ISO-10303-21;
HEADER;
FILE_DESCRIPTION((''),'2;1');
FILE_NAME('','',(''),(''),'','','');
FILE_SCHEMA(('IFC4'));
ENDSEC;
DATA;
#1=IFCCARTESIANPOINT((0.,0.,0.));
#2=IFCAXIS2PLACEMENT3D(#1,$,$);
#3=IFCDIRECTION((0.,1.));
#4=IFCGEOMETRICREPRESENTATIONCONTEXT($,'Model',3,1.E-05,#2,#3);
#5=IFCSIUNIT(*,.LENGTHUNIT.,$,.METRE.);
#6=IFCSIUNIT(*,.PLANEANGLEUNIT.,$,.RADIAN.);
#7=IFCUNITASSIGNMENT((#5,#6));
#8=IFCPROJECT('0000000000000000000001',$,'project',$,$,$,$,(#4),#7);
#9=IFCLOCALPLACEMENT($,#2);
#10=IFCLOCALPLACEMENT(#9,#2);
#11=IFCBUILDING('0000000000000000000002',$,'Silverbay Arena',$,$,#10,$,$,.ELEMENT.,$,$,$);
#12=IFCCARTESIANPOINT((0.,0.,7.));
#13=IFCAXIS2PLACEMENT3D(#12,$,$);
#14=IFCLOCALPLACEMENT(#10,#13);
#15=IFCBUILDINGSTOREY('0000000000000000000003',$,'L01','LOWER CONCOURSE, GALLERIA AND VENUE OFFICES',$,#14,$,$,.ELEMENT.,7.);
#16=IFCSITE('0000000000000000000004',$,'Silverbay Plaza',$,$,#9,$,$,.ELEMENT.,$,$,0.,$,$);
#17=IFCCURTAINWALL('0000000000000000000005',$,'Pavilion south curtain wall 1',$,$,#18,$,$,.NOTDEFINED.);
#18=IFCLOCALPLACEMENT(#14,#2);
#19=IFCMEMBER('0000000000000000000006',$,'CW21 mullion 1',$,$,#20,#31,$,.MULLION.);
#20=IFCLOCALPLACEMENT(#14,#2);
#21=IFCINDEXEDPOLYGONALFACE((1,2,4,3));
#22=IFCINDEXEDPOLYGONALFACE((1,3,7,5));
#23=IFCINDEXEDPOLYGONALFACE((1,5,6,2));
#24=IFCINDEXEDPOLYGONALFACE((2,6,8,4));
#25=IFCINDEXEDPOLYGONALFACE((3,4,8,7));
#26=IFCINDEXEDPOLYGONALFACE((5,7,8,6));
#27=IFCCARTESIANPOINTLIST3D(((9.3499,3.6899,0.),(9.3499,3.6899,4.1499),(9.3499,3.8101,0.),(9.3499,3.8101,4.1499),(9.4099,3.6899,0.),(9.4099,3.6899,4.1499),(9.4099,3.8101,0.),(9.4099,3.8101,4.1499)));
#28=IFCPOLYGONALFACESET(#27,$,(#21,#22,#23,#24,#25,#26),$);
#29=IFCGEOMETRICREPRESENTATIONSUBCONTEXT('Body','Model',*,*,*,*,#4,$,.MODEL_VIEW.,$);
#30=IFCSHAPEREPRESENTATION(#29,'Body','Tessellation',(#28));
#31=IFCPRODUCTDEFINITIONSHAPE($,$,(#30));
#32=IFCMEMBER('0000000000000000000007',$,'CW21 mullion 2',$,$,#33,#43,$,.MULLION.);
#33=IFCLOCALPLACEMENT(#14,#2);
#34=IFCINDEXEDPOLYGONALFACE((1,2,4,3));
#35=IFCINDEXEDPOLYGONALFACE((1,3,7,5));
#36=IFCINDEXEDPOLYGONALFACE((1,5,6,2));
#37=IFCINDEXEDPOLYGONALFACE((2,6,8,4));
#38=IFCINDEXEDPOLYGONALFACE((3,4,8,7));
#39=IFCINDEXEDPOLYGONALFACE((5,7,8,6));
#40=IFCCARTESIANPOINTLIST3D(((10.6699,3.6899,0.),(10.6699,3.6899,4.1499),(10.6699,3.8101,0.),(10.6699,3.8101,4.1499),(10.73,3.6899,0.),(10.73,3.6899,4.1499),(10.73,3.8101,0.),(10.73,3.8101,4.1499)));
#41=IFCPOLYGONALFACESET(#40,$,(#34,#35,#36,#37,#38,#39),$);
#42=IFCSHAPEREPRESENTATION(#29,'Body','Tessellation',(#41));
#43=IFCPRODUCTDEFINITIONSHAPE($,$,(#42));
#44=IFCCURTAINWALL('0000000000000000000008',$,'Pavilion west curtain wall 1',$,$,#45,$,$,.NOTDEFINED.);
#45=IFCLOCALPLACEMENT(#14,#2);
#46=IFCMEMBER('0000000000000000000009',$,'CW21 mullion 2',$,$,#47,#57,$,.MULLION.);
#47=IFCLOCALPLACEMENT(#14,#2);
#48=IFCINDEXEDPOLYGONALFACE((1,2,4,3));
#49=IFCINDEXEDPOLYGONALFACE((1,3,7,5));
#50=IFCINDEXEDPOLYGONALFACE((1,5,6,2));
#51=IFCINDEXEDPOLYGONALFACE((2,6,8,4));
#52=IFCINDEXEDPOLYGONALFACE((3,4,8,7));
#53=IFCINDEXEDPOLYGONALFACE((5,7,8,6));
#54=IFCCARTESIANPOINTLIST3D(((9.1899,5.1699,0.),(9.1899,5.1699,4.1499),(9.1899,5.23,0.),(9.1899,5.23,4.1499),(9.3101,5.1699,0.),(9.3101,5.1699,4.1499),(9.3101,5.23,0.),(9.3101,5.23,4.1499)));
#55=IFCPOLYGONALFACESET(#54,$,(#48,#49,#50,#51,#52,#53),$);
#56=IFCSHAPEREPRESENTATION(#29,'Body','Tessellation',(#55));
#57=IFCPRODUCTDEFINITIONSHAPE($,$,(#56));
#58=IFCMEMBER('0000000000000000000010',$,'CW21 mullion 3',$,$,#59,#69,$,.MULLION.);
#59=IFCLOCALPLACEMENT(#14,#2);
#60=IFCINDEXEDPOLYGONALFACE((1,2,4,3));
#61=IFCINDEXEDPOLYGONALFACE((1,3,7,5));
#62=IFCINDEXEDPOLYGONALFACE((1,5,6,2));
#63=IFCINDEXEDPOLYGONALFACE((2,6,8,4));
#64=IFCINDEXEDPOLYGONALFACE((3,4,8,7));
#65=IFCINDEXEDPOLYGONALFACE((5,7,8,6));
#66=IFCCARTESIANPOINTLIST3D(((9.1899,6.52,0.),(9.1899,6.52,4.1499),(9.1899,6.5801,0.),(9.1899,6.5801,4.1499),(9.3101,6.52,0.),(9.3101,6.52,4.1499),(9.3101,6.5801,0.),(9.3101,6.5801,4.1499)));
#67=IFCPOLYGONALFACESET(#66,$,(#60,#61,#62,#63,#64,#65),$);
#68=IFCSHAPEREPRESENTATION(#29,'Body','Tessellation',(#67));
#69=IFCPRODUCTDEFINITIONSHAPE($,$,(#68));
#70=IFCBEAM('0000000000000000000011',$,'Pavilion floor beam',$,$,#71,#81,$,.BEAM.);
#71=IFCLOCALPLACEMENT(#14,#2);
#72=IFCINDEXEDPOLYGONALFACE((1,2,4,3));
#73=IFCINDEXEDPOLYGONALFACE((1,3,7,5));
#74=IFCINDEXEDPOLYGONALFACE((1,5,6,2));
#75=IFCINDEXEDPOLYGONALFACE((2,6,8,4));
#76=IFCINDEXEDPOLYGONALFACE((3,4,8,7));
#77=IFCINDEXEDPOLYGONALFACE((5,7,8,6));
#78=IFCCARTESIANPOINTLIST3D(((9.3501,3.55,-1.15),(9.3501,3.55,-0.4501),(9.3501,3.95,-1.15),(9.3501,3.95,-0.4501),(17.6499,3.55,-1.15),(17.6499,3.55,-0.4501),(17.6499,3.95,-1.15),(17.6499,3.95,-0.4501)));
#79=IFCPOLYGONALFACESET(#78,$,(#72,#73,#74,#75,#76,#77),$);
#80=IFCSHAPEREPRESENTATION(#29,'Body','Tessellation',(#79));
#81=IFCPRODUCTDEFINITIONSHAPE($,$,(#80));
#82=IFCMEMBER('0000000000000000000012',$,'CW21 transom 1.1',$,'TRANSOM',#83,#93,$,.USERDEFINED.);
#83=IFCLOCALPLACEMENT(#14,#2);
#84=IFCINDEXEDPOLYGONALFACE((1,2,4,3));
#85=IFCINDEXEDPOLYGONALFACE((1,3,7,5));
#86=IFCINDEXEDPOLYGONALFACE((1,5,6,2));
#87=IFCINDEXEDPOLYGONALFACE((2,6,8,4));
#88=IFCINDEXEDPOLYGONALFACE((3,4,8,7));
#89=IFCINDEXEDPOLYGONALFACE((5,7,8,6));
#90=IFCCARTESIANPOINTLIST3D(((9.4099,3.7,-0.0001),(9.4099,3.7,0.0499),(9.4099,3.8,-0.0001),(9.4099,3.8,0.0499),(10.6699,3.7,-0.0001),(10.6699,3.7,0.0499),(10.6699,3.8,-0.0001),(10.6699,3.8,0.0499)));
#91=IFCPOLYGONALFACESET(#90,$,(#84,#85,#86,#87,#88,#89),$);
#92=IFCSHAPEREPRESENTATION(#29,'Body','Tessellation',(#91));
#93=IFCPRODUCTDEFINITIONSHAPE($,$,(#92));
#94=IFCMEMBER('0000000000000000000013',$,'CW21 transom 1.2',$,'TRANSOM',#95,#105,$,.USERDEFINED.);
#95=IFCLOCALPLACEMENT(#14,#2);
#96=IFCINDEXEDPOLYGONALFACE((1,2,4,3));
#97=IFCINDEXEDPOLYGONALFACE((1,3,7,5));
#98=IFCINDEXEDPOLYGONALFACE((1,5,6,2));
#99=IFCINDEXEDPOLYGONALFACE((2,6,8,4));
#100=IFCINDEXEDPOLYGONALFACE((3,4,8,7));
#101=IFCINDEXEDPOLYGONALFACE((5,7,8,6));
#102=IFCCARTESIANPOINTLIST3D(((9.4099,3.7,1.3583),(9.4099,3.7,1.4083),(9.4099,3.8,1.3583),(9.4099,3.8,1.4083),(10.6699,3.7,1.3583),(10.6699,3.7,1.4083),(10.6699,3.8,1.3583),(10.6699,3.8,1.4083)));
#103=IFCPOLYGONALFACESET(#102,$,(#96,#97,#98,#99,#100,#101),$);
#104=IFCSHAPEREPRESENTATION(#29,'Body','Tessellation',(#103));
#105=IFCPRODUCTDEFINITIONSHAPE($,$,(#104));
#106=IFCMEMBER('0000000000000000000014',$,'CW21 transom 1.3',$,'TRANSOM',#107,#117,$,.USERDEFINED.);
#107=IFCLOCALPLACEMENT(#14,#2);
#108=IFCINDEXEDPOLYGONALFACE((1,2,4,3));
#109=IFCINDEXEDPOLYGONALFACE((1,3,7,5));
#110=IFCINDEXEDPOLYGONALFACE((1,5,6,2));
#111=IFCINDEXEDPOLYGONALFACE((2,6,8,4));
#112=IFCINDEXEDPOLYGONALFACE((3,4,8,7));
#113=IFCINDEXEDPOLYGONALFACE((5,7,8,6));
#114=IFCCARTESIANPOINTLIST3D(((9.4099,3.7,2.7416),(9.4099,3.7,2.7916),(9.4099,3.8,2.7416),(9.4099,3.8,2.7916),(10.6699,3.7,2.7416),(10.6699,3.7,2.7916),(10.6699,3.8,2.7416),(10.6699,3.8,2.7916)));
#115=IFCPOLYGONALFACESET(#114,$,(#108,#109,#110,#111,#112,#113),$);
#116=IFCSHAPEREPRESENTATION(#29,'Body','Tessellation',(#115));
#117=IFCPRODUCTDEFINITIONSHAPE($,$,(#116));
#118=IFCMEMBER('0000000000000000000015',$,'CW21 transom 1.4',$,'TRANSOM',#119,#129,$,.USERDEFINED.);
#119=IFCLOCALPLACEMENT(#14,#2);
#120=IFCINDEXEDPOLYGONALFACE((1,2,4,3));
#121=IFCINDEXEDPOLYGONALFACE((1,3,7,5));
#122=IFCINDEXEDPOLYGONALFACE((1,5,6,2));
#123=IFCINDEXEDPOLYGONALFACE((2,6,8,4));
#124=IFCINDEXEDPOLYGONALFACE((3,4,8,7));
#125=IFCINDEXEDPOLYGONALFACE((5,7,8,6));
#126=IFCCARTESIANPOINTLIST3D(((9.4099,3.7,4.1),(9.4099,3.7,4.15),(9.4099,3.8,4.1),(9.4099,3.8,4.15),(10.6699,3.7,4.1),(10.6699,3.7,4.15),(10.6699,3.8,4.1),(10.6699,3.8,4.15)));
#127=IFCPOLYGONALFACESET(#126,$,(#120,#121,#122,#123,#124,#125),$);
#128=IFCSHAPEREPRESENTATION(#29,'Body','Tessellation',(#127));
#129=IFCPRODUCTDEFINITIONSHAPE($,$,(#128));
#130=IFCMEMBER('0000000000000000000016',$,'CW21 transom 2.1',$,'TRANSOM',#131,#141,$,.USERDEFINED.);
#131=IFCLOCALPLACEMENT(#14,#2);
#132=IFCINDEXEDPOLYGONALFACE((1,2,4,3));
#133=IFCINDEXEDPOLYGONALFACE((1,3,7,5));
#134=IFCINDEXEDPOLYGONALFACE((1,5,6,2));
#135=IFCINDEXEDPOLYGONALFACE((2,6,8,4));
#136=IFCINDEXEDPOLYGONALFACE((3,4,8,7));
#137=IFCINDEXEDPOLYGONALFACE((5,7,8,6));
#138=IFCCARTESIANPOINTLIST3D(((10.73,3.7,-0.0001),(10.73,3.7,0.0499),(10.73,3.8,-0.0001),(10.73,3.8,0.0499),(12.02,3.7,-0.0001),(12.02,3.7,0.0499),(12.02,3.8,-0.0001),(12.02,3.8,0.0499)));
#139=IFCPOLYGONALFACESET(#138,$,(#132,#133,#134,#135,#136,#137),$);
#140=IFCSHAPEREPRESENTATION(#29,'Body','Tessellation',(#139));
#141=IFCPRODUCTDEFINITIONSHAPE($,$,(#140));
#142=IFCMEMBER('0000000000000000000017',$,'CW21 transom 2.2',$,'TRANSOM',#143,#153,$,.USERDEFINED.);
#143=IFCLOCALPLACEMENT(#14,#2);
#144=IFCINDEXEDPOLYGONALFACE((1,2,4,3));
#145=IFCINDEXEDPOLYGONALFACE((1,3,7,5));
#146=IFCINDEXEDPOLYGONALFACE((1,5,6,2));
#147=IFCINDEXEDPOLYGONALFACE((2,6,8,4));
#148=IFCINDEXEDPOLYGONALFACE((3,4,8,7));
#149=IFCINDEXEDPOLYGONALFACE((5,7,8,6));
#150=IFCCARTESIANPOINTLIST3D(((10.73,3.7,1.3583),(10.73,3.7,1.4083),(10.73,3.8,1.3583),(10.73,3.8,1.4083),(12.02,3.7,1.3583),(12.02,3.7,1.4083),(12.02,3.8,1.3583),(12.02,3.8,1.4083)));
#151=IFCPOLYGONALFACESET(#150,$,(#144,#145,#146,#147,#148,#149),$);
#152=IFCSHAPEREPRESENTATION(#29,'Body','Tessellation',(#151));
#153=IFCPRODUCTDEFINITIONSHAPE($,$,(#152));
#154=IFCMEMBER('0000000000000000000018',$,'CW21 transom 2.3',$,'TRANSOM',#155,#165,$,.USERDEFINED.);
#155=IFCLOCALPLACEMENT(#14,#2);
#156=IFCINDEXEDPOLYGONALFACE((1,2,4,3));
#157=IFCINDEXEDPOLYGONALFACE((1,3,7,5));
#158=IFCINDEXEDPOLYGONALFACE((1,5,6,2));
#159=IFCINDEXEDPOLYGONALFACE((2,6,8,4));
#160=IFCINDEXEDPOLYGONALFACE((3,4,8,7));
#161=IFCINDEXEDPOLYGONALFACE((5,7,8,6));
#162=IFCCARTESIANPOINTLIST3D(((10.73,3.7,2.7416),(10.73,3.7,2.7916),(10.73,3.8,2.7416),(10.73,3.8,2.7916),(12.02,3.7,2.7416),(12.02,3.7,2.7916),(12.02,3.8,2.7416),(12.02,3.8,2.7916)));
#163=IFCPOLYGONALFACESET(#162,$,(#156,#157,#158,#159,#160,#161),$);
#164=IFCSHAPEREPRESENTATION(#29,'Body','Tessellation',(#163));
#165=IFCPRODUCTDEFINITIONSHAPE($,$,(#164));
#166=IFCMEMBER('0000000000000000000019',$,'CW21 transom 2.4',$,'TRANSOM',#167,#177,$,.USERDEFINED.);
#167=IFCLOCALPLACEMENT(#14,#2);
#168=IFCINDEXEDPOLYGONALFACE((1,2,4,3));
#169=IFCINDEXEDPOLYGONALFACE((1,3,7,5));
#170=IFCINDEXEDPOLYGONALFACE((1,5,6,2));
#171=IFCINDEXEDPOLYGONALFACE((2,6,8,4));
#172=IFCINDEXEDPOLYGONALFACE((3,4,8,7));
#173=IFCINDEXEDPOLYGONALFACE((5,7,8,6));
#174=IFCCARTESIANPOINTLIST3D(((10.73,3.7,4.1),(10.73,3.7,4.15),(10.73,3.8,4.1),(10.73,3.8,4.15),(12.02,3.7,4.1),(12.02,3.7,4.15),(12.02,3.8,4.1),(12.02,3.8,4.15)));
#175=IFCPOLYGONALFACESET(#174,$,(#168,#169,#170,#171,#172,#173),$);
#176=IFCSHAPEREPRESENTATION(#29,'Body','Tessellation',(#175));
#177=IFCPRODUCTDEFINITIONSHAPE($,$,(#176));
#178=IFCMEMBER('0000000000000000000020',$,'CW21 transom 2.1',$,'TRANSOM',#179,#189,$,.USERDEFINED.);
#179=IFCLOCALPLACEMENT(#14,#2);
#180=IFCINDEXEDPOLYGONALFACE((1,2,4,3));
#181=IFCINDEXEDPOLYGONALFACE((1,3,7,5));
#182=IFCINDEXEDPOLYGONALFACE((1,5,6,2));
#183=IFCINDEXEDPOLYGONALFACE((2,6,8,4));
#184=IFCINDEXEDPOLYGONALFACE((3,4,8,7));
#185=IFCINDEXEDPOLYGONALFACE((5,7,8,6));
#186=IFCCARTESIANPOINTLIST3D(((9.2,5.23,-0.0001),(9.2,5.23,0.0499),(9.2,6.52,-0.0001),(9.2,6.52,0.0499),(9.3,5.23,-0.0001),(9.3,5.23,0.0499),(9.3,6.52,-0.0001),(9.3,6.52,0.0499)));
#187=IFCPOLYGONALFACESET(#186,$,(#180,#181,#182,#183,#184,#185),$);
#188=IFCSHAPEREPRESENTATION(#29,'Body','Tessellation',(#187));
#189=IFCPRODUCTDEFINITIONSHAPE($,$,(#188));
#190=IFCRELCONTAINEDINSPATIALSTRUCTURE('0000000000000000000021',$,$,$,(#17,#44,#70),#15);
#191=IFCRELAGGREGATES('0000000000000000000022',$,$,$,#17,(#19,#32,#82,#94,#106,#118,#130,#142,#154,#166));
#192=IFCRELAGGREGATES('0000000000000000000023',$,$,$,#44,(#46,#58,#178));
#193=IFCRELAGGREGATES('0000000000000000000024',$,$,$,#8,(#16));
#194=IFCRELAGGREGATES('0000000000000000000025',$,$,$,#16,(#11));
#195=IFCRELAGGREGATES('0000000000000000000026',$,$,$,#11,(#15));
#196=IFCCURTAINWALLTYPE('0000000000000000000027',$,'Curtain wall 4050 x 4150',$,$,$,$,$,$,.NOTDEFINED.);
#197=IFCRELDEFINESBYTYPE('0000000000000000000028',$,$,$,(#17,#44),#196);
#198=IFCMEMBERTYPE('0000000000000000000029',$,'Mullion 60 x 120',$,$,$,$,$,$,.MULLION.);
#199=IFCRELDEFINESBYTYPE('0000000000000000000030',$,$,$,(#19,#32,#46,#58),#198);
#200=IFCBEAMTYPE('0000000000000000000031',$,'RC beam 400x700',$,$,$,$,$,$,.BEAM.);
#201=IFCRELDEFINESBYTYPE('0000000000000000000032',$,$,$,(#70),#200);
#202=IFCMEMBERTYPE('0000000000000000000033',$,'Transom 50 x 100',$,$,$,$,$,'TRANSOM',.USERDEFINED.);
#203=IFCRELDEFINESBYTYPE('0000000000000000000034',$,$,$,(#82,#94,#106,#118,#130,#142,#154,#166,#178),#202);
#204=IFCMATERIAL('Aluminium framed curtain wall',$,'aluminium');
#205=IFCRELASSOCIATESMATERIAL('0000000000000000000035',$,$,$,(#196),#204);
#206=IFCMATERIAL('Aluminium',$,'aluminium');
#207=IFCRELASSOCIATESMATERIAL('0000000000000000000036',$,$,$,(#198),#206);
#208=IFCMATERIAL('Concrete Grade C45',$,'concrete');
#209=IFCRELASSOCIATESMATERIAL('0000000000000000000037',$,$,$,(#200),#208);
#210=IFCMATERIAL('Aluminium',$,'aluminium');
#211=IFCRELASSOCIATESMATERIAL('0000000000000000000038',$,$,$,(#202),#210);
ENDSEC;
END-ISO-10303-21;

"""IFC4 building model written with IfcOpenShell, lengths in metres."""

from ifc_helpers import new_model, si_unit, direction, frame, origin, origin_2d, place, context, subcontext, project, spatial, rectangle, extrude, material, material_profile, profile_set, type_object, element, aggregate, save


model = new_model("IFC4")

# Units and contexts
model_context = context("Model", 3, precision=1e-05, world=origin(), true_north=direction((0.0, 1.0)))
body_context = subcontext(model_context, "Body", "Model", "MODEL_VIEW")
ifc_project = project(units=[si_unit("LENGTHUNIT", "METRE"), si_unit("PLANEANGLEUNIT", "RADIAN")], contexts=[model_context])

# Site, building, storey
site_placement = place(None, origin())
site = spatial("IfcSite", under=ifc_project, at=site_placement, Name="Silverbay Plaza", CompositionType="ELEMENT", RefElevation=0.0)
building_placement = place(site_placement, origin())
building = spatial("IfcBuilding", under=site, at=building_placement, Name="Silverbay Arena", CompositionType="ELEMENT")
storey_placement = place(building_placement, frame((0.0, 0.0, 7.0)))
storey = spatial("IfcBuildingStorey", under=building, at=storey_placement, Name="L01", Description="LOWER CONCOURSE, GALLERIA AND VENUE OFFICES", CompositionType="ELEMENT", Elevation=7.0)

# Curtain walls, members
ifc_material_1 = material(Name="Aluminium framed curtain wall", Category="aluminium")
curtain_wall_type = type_object("IfcCurtainWallType", Name="Curtain wall 4050 x 4150", PredefinedType="NOTDEFINED", material=ifc_material_1)
curtain_wall_1_placement = place(storey_placement, origin())
curtain_wall_1 = element("IfcCurtainWall", 1, at=curtain_wall_1_placement, inside=storey, type_object=curtain_wall_type, Name="Pavilion south curtain wall 1", PredefinedType="NOTDEFINED")
ifc_material_2 = material(Name="Aluminium", Category="aluminium")
ifc_material_profile_1 = material_profile(ifc_material_2, rectangle(XDim=0.1201, YDim=0.0601, at=origin_2d()), Name="Mullion 60 x 120")
ifc_profile_set_1 = profile_set([ifc_material_profile_1], Name="Aluminium")
member_type_1 = type_object("IfcMemberType", Name="Mullion 60 x 120", PredefinedType="MULLION", material=ifc_profile_set_1)
member_1_placement = place(storey_placement, frame((9.3799, 3.75, 0.0), z_axis=(0.0, 0.0, 1.0), x_axis=(0.0, 1.0, 0.0)))
member_1 = element("IfcMember", 2, at=member_1_placement, type_object=member_type_1, Name="CW21 mullion 1", PredefinedType="MULLION", context=body_context, shape_type="SweptSolid", body=[
    extrude(rectangle(XDim=0.1201, YDim=0.0601, at=origin_2d()), origin(), (0.0, 0.0, 1.0), 4.1499),
])
member_2_placement = place(storey_placement, frame((10.7, 3.75, 0.0), z_axis=(0.0, 0.0, 1.0), x_axis=(0.0, 1.0, 0.0)))
member_2 = element("IfcMember", 3, at=member_2_placement, type_object=member_type_1, Name="CW21 mullion 2", PredefinedType="MULLION", context=body_context, shape_type="SweptSolid", body=[
    extrude(rectangle(XDim=0.1201, YDim=0.0601, at=origin_2d()), origin(), (0.0, 0.0, 1.0), 4.1499),
])
curtain_wall_2_placement = place(storey_placement, origin())
curtain_wall_2 = element("IfcCurtainWall", 4, at=curtain_wall_2_placement, inside=storey, type_object=curtain_wall_type, Name="Pavilion west curtain wall 1", PredefinedType="NOTDEFINED")
member_3_placement = place(storey_placement, frame((9.25, 5.2, 0.0), z_axis=(0.0, 0.0, 1.0), x_axis=(-1.0, 0.0, 0.0)))
member_3 = element("IfcMember", 5, at=member_3_placement, type_object=member_type_1, Name="CW21 mullion 2", PredefinedType="MULLION", context=body_context, shape_type="SweptSolid", body=[
    extrude(rectangle(XDim=0.1201, YDim=0.0601, at=origin_2d()), origin(), (0.0, 0.0, 1.0), 4.1499),
])
member_4_placement = place(storey_placement, frame((9.25, 6.55, 0.0), z_axis=(0.0, 0.0, 1.0), x_axis=(-1.0, 0.0, 0.0)))
member_4 = element("IfcMember", 6, at=member_4_placement, type_object=member_type_1, Name="CW21 mullion 3", PredefinedType="MULLION", context=body_context, shape_type="SweptSolid", body=[
    extrude(rectangle(XDim=0.1201, YDim=0.0601, at=origin_2d()), origin(), (0.0, 0.0, 1.0), 4.1499),
])

# Beam
ifc_material_3 = material(Name="Concrete Grade C45", Category="concrete")
ifc_material_profile_2 = material_profile(ifc_material_3, rectangle(XDim=0.3999, YDim=0.7, at=origin_2d()), Name="RC 400x700")
ifc_profile_set_2 = profile_set([ifc_material_profile_2], Name="Concrete Grade C45")
beam_type = type_object("IfcBeamType", Name="RC beam 400x700", PredefinedType="BEAM", material=ifc_profile_set_2)
beam_placement = place(storey_placement, frame((9.3501, 3.75, -0.8), z_axis=(1.0, 0.0, 0.0), x_axis=(0.0, 1.0, 0.0)))
element("IfcBeam", 7, at=beam_placement, inside=storey, type_object=beam_type, Name="Pavilion floor beam", PredefinedType="BEAM", context=body_context, shape_type="SweptSolid", body=[
    extrude(rectangle(XDim=0.3999, YDim=0.7, at=origin_2d()), origin(), (0.0, 0.0, 1.0), 8.2998),
])

# Members
ifc_material_4 = material(Name="Aluminium", Category="aluminium")
ifc_material_profile_3 = material_profile(ifc_material_4, rectangle(XDim=0.1001, YDim=0.05, at=origin_2d()), Name="Transom 50 x 100")
ifc_profile_set_3 = profile_set([ifc_material_profile_3], Name="Aluminium")
member_type_2 = type_object("IfcMemberType", Name="Transom 50 x 100", ElementType="TRANSOM", PredefinedType="USERDEFINED", material=ifc_profile_set_3)
member_5_placement = place(storey_placement, frame((9.4099, 3.75, 0.0249), z_axis=(1.0, 0.0, 0.0), x_axis=(0.0, 1.0, 0.0)))
member_5 = element("IfcMember", 8, at=member_5_placement, type_object=member_type_2, Name="CW21 transom 1.1", ObjectType="TRANSOM", PredefinedType="USERDEFINED", context=body_context, shape_type="SweptSolid", body=[
    extrude(rectangle(XDim=0.1001, YDim=0.05, at=origin_2d()), origin(), (0.0, 0.0, 1.0), 1.26),
])
member_6_placement = place(storey_placement, frame((9.4099, 3.75, 1.3833), z_axis=(1.0, 0.0, 0.0), x_axis=(0.0, 1.0, 0.0)))
member_6 = element("IfcMember", 9, at=member_6_placement, type_object=member_type_2, Name="CW21 transom 1.2", ObjectType="TRANSOM", PredefinedType="USERDEFINED", context=body_context, shape_type="SweptSolid", body=[
    extrude(rectangle(XDim=0.1001, YDim=0.05, at=origin_2d()), origin(), (0.0, 0.0, 1.0), 1.26),
])
member_7_placement = place(storey_placement, frame((9.4099, 3.75, 2.7666), z_axis=(1.0, 0.0, 0.0), x_axis=(0.0, 1.0, 0.0)))
member_7 = element("IfcMember", 10, at=member_7_placement, type_object=member_type_2, Name="CW21 transom 1.3", ObjectType="TRANSOM", PredefinedType="USERDEFINED", context=body_context, shape_type="SweptSolid", body=[
    extrude(rectangle(XDim=0.1001, YDim=0.05, at=origin_2d()), origin(), (0.0, 0.0, 1.0), 1.26),
])
member_8_placement = place(storey_placement, frame((9.4099, 3.75, 4.125), z_axis=(1.0, 0.0, 0.0), x_axis=(0.0, 1.0, 0.0)))
member_8 = element("IfcMember", 11, at=member_8_placement, type_object=member_type_2, Name="CW21 transom 1.4", ObjectType="TRANSOM", PredefinedType="USERDEFINED", context=body_context, shape_type="SweptSolid", body=[
    extrude(rectangle(XDim=0.1001, YDim=0.05, at=origin_2d()), origin(), (0.0, 0.0, 1.0), 1.26),
])
member_9_placement = place(storey_placement, frame((10.73, 3.75, 0.0249), z_axis=(1.0, 0.0, 0.0), x_axis=(0.0, 1.0, 0.0)))
member_9 = element("IfcMember", 12, at=member_9_placement, type_object=member_type_2, Name="CW21 transom 2.1", ObjectType="TRANSOM", PredefinedType="USERDEFINED", context=body_context, shape_type="SweptSolid", body=[
    extrude(rectangle(XDim=0.1001, YDim=0.05, at=origin_2d()), origin(), (0.0, 0.0, 1.0), 1.29),
])
member_10_placement = place(storey_placement, frame((10.73, 3.75, 1.3833), z_axis=(1.0, 0.0, 0.0), x_axis=(0.0, 1.0, 0.0)))
member_10 = element("IfcMember", 13, at=member_10_placement, type_object=member_type_2, Name="CW21 transom 2.2", ObjectType="TRANSOM", PredefinedType="USERDEFINED", context=body_context, shape_type="SweptSolid", body=[
    extrude(rectangle(XDim=0.1001, YDim=0.05, at=origin_2d()), origin(), (0.0, 0.0, 1.0), 1.29),
])
member_11_placement = place(storey_placement, frame((10.73, 3.75, 2.7666), z_axis=(1.0, 0.0, 0.0), x_axis=(0.0, 1.0, 0.0)))
member_11 = element("IfcMember", 14, at=member_11_placement, type_object=member_type_2, Name="CW21 transom 2.3", ObjectType="TRANSOM", PredefinedType="USERDEFINED", context=body_context, shape_type="SweptSolid", body=[
    extrude(rectangle(XDim=0.1001, YDim=0.05, at=origin_2d()), origin(), (0.0, 0.0, 1.0), 1.29),
])
member_12_placement = place(storey_placement, frame((10.73, 3.75, 4.125), z_axis=(1.0, 0.0, 0.0), x_axis=(0.0, 1.0, 0.0)))
member_12 = element("IfcMember", 15, at=member_12_placement, type_object=member_type_2, Name="CW21 transom 2.4", ObjectType="TRANSOM", PredefinedType="USERDEFINED", context=body_context, shape_type="SweptSolid", body=[
    extrude(rectangle(XDim=0.1001, YDim=0.05, at=origin_2d()), origin(), (0.0, 0.0, 1.0), 1.29),
])
member_13_placement = place(storey_placement, frame((9.25, 5.23, 0.0249), z_axis=(0.0, 1.0, 0.0), x_axis=(-1.0, 0.0, 0.0)))
member_13 = element("IfcMember", 16, at=member_13_placement, type_object=member_type_2, Name="CW21 transom 2.1", ObjectType="TRANSOM", PredefinedType="USERDEFINED", context=body_context, shape_type="SweptSolid", body=[
    extrude(rectangle(XDim=0.1001, YDim=0.05, at=origin_2d()), origin(), (0.0, 0.0, 1.0), 1.29),
])

aggregate(curtain_wall_1, [member_1, member_2, member_5, member_6, member_7, member_8, member_9, member_10, member_11, member_12])
aggregate(curtain_wall_2, [member_3, member_4, member_13])

save(model, "model.ifc")
